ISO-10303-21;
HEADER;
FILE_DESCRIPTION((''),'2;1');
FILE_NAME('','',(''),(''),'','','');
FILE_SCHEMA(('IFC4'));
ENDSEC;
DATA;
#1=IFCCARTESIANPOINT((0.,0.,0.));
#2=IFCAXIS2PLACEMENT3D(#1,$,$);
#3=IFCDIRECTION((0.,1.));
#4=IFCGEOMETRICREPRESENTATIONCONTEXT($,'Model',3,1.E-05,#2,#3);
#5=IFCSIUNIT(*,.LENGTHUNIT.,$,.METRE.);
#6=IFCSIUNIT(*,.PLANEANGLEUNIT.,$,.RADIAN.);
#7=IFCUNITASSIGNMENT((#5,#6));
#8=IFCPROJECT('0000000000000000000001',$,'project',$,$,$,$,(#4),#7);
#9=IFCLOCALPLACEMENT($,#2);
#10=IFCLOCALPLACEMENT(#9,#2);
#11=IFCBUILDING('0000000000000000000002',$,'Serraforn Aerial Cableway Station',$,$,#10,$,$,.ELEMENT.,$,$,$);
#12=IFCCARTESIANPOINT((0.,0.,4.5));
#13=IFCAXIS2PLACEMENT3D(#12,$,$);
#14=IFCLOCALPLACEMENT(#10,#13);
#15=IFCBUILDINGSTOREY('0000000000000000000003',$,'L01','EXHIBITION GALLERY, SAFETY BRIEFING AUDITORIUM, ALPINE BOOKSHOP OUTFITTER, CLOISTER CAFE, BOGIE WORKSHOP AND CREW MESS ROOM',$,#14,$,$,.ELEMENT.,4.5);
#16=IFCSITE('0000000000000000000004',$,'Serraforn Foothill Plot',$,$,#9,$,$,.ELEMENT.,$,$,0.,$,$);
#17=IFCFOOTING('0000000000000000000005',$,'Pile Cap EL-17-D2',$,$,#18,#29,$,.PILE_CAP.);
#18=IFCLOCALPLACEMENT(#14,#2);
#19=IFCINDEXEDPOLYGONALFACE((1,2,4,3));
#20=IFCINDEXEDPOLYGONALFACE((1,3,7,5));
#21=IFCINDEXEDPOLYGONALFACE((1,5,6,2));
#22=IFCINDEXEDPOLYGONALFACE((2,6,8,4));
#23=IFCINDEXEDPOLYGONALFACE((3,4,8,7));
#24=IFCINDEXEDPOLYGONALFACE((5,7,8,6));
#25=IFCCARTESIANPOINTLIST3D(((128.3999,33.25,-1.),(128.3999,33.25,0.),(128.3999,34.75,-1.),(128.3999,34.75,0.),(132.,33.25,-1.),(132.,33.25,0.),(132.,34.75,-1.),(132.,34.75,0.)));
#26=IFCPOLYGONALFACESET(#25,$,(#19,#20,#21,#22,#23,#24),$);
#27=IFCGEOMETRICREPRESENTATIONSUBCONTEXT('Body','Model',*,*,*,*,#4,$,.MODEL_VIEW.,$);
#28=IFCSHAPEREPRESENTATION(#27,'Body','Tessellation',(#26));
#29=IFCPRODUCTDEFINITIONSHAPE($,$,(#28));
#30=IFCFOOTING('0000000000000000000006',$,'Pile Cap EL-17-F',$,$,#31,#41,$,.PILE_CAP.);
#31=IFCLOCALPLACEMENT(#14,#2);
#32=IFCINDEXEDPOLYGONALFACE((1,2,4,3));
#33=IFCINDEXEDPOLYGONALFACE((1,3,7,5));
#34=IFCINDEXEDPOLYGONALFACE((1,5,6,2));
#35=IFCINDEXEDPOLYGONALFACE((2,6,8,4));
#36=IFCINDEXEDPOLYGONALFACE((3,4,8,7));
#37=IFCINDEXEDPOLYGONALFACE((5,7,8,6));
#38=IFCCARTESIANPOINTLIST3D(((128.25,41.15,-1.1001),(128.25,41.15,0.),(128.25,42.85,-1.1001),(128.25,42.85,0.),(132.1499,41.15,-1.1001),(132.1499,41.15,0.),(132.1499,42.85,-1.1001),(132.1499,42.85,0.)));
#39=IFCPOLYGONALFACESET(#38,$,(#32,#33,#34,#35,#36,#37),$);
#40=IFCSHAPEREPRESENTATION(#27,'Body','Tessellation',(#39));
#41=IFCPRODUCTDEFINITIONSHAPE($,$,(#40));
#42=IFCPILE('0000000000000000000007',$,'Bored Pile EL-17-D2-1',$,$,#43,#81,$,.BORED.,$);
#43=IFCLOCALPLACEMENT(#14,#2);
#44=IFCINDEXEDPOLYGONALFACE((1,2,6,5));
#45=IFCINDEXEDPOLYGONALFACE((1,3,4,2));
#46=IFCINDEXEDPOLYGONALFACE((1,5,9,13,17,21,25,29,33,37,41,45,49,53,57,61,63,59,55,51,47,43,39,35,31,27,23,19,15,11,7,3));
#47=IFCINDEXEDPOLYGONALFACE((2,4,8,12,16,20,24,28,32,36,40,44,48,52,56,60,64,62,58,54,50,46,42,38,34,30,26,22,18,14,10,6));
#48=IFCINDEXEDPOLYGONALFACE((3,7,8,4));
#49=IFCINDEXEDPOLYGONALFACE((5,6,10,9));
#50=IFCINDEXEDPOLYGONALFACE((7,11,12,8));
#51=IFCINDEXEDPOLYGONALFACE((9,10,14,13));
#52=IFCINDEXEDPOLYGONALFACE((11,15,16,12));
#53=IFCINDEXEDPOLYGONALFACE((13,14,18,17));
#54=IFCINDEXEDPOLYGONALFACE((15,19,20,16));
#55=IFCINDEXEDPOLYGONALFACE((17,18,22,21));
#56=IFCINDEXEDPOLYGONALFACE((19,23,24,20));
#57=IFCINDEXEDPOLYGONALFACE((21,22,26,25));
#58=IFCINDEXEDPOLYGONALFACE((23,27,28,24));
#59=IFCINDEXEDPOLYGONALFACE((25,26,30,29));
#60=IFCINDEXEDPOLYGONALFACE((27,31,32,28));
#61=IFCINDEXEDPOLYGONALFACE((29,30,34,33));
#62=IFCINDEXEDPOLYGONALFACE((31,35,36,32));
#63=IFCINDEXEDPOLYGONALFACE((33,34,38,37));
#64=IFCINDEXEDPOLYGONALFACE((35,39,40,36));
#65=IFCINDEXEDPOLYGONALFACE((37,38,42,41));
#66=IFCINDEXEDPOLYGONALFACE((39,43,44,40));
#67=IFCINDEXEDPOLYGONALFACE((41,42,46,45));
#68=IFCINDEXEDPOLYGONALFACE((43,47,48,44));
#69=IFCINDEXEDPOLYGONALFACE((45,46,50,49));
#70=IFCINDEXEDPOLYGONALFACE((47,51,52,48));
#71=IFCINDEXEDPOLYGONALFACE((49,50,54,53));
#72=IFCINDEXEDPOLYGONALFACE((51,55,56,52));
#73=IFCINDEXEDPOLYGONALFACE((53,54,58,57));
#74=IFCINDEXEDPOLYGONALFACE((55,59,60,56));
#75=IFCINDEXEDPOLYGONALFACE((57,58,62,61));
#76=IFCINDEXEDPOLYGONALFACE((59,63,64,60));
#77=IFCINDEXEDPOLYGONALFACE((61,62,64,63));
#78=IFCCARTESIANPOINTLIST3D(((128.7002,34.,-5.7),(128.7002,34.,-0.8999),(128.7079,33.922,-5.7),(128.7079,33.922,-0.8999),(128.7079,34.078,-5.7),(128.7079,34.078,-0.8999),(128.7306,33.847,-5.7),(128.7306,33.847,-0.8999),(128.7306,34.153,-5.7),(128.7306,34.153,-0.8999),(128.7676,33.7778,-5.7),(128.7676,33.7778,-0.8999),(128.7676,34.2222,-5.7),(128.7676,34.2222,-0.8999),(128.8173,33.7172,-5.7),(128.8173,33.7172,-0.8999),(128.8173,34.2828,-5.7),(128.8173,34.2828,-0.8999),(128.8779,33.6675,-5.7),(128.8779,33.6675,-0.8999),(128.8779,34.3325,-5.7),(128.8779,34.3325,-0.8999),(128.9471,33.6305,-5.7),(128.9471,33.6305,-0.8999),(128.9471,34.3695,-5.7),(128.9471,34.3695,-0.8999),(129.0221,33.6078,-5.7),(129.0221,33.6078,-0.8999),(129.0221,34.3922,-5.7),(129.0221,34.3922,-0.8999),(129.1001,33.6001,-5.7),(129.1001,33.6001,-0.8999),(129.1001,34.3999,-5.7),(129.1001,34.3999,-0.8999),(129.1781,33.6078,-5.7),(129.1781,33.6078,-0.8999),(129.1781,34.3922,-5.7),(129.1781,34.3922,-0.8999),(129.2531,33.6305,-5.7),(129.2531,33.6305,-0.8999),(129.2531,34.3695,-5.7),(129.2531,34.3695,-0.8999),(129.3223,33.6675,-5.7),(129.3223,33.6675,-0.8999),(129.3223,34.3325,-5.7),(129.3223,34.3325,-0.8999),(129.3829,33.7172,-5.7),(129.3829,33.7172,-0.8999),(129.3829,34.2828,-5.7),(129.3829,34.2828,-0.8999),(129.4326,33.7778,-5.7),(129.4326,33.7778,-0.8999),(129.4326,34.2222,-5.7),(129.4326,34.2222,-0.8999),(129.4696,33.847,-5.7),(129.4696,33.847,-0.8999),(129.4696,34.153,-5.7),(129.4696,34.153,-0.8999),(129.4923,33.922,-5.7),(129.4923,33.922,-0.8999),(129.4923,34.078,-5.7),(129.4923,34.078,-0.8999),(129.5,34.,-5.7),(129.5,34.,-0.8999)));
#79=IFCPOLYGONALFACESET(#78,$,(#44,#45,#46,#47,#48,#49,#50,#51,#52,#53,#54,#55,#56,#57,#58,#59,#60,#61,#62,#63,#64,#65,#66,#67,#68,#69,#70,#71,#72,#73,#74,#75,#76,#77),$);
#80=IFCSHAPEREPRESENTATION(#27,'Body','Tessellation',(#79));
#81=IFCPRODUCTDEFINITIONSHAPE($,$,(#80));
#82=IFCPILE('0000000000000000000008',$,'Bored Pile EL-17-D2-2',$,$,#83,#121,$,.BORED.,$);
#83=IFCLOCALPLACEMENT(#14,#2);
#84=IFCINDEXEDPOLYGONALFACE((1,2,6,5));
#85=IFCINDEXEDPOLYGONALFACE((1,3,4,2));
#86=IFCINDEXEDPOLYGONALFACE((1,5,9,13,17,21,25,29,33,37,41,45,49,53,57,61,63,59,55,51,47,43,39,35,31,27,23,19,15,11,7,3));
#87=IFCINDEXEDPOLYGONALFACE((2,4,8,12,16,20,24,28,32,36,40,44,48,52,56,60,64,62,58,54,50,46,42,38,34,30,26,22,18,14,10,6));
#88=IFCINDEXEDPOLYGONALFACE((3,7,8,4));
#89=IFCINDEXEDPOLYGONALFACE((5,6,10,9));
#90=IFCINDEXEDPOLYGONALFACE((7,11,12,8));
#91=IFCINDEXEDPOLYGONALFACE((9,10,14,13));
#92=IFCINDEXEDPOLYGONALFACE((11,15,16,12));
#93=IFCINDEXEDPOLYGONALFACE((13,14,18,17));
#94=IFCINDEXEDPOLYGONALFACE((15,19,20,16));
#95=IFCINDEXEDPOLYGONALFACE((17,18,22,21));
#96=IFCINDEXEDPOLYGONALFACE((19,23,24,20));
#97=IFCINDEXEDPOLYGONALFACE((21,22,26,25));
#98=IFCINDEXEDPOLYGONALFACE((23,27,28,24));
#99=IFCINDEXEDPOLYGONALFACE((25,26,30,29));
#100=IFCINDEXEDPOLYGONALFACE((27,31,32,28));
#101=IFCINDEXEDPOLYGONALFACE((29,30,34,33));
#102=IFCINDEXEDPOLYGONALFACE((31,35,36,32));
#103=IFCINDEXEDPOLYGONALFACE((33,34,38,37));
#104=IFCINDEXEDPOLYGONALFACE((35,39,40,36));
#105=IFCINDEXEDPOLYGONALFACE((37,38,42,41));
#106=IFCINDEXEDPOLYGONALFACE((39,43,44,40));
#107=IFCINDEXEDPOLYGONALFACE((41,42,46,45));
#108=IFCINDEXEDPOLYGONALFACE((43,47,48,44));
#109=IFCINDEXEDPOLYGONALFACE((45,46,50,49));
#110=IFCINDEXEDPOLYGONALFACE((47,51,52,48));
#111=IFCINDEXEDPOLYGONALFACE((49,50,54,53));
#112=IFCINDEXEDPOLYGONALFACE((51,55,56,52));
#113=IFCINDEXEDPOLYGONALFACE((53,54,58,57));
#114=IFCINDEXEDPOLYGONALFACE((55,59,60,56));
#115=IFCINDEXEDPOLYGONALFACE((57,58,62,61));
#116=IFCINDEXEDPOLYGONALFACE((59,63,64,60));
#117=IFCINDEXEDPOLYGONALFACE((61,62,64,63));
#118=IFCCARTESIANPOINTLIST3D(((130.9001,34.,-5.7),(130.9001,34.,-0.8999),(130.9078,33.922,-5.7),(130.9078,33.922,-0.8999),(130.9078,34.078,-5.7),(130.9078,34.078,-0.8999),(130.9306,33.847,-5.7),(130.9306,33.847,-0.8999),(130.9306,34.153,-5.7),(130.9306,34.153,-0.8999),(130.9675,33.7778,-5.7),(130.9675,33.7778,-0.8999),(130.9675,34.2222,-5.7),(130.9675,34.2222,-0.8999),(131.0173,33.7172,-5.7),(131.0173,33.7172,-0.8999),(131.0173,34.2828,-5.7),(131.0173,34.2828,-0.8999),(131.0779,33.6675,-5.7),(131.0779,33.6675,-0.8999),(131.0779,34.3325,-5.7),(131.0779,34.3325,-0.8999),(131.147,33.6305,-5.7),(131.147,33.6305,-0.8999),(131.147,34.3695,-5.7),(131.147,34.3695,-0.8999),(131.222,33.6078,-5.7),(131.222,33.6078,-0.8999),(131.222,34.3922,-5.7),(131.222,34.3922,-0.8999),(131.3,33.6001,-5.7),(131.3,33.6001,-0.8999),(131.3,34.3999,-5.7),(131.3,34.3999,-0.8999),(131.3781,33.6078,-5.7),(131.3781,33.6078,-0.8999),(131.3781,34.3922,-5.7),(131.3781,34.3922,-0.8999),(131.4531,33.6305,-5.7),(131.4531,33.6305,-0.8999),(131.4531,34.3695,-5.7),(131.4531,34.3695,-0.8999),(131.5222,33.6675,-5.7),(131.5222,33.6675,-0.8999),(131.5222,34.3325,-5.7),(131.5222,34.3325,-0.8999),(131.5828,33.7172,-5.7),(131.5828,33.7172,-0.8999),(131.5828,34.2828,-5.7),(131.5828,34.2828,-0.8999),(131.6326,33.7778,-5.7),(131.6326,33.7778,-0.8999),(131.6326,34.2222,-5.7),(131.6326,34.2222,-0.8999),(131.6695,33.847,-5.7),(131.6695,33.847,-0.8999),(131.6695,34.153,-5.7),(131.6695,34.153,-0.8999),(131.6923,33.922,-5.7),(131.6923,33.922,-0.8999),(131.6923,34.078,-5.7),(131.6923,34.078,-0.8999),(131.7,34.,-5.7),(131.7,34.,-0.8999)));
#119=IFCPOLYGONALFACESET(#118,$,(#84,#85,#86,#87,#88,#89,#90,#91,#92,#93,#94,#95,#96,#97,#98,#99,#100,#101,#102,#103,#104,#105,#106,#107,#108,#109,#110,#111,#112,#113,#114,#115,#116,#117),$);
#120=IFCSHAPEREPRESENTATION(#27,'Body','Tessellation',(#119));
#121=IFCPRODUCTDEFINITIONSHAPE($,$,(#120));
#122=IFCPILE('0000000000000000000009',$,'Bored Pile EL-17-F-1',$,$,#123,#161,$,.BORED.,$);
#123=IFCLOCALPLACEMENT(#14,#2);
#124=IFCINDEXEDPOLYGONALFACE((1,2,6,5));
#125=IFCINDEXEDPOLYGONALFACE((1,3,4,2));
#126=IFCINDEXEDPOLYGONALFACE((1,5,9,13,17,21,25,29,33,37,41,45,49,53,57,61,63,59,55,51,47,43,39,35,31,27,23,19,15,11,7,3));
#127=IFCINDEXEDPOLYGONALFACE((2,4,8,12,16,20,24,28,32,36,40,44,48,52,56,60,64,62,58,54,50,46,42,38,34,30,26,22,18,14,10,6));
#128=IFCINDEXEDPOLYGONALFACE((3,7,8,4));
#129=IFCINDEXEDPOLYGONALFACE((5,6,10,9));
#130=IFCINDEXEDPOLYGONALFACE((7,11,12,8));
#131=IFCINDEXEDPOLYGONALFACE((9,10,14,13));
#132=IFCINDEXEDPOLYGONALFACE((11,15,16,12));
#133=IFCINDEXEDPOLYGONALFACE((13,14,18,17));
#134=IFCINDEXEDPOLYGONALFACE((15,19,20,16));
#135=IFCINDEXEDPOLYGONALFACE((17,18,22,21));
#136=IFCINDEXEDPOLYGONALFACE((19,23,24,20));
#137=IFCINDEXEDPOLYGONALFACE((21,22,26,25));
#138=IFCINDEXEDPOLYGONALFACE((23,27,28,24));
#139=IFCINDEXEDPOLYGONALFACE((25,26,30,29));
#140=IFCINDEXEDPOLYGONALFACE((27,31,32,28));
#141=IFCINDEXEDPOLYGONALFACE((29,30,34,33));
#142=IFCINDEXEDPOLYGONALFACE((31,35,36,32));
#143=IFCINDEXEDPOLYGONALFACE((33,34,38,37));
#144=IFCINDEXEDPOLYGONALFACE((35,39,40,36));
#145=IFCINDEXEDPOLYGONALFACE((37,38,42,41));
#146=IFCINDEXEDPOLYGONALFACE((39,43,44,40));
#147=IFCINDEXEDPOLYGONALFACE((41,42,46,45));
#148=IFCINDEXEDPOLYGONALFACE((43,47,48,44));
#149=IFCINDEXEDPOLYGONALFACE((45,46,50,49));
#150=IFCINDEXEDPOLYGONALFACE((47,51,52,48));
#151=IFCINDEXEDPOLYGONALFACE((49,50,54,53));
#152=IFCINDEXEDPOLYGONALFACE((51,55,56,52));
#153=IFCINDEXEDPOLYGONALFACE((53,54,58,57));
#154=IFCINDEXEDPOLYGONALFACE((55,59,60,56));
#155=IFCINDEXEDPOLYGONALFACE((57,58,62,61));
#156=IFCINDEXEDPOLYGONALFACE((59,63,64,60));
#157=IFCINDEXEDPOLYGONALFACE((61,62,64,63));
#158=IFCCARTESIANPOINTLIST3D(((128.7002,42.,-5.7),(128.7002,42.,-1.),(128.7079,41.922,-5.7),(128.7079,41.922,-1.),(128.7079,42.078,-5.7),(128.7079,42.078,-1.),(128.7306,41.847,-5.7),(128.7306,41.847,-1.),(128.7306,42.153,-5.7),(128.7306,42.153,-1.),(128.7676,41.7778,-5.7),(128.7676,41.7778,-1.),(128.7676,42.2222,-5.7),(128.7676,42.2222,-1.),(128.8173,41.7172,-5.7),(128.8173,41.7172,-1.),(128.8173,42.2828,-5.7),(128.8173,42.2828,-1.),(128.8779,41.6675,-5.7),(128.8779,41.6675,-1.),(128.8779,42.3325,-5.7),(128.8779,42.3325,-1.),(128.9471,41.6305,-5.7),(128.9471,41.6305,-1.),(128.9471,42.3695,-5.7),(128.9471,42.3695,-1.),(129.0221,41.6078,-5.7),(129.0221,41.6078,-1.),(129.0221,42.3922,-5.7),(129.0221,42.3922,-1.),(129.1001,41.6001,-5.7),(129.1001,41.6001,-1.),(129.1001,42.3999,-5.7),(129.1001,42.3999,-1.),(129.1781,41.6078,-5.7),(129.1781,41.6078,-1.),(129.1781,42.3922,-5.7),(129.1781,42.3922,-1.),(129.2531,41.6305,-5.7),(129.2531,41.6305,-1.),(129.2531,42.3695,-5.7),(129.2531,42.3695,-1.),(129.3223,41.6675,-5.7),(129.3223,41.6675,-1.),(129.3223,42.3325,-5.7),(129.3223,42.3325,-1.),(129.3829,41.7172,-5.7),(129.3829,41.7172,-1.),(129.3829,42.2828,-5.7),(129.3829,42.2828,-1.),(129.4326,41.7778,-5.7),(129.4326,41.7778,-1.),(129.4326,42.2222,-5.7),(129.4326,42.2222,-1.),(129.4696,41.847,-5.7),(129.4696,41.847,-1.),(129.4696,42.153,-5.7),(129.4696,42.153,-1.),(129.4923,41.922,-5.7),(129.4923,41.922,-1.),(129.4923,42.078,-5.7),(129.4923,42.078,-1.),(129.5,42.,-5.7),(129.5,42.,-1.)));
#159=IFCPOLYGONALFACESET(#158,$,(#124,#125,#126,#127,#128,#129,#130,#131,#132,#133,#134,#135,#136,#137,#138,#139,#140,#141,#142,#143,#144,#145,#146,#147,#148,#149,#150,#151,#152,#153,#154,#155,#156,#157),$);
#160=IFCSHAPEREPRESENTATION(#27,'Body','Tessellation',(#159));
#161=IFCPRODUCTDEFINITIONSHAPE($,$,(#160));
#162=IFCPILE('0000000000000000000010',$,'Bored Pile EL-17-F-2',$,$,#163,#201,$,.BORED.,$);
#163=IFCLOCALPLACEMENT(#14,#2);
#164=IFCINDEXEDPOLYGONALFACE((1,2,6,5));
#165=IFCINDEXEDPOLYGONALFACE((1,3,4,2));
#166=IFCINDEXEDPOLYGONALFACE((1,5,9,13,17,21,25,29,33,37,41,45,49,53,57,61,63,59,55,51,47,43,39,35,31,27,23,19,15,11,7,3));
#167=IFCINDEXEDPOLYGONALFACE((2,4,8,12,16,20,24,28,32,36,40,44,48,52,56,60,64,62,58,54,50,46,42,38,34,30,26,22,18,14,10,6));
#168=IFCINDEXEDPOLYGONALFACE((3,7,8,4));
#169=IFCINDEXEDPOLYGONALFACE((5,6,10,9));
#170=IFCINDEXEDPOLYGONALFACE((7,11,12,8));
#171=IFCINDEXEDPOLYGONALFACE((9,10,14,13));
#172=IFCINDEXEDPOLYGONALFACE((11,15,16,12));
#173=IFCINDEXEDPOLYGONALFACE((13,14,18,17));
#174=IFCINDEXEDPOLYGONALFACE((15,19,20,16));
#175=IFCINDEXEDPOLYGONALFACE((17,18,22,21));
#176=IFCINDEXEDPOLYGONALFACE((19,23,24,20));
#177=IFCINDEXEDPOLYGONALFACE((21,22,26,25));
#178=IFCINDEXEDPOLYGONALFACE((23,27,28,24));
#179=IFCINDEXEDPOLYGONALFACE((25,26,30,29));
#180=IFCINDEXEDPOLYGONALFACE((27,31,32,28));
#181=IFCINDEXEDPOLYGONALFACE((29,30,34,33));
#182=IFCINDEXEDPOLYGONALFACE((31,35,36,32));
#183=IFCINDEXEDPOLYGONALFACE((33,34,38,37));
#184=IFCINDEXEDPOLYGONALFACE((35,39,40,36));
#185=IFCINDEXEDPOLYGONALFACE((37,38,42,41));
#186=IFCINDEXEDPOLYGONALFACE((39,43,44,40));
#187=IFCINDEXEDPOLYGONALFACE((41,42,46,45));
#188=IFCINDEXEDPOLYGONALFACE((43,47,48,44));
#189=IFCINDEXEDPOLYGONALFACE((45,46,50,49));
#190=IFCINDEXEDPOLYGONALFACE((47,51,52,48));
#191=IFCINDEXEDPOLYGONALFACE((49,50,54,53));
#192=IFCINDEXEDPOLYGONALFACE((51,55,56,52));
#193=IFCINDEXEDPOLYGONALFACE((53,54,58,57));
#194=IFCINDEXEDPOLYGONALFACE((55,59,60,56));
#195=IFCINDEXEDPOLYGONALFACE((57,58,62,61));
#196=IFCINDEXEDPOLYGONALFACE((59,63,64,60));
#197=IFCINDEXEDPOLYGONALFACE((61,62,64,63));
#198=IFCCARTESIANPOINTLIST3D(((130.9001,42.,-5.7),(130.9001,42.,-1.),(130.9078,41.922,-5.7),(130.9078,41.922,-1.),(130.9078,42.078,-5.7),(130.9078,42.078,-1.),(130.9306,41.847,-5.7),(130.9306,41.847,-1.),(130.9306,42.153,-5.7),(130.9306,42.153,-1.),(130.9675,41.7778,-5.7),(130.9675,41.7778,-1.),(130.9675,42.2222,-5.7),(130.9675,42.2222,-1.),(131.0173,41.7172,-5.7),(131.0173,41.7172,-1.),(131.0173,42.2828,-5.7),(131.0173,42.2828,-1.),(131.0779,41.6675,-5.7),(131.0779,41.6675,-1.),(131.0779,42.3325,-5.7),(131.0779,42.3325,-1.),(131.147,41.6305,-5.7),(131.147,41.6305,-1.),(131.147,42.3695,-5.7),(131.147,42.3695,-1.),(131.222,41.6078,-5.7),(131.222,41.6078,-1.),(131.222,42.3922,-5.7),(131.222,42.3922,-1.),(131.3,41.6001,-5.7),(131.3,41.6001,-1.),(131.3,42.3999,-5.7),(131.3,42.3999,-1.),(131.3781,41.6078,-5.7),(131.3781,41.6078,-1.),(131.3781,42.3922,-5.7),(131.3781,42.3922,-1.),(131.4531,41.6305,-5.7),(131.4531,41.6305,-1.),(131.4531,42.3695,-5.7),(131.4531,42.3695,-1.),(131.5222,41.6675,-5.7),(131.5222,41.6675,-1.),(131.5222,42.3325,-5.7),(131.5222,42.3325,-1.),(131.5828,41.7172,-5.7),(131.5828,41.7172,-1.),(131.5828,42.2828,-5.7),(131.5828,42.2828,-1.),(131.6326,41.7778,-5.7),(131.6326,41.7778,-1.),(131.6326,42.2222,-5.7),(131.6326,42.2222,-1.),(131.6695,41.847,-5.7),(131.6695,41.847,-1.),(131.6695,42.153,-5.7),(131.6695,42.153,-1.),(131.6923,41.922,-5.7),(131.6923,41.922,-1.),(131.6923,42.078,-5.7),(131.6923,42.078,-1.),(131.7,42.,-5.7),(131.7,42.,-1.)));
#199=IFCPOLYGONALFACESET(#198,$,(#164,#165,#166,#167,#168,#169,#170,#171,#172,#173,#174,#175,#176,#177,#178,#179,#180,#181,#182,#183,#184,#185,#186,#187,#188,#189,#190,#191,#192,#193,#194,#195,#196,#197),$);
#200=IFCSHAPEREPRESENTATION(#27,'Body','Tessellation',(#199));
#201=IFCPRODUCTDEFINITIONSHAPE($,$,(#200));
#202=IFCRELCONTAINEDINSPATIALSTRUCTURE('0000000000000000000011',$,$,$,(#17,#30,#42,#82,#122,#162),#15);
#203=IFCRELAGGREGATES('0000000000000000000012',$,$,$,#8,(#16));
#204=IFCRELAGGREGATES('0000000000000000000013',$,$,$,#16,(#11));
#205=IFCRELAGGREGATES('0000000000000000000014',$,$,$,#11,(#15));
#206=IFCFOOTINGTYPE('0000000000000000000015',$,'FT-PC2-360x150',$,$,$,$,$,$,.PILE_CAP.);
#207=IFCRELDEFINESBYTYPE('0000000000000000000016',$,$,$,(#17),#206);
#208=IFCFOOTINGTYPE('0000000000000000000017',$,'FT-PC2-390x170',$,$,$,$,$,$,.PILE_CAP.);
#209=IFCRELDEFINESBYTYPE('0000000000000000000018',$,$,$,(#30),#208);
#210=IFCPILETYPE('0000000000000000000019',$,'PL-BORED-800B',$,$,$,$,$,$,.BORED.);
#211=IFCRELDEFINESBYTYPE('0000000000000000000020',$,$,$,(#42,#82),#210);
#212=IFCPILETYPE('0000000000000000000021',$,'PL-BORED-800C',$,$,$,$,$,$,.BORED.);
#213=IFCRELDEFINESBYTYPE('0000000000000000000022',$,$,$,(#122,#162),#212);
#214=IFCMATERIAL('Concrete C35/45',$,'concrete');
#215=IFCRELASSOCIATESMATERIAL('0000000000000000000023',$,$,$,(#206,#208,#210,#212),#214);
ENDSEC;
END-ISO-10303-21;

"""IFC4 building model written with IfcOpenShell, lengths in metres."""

from ifc_helpers import new_model, si_unit, direction, frame, origin, origin_2d, place, context, subcontext, project, spatial, rectangle, circle, extrude, material, material_profile, profile_set, type_object, element, save


model = new_model("IFC4")

# Units and contexts
model_context = context("Model", 3, precision=1e-05, world=origin(), true_north=direction((0.0, 1.0)))
body_context = subcontext(model_context, "Body", "Model", "MODEL_VIEW")
ifc_project = project(units=[si_unit("LENGTHUNIT", "METRE"), si_unit("PLANEANGLEUNIT", "RADIAN")], contexts=[model_context])

# Site, building, storey
site_placement = place(None, origin())
site = spatial("IfcSite", under=ifc_project, at=site_placement, Name="Serraforn Foothill Plot", CompositionType="ELEMENT", RefElevation=0.0)
building_placement = place(site_placement, origin())
building = spatial("IfcBuilding", under=site, at=building_placement, Name="Serraforn Aerial Cableway Station", CompositionType="ELEMENT")
storey_placement = place(building_placement, frame((0.0, 0.0, 4.5)))
storey = spatial("IfcBuildingStorey", under=building, at=storey_placement, Name="L01", Description="EXHIBITION GALLERY, SAFETY BRIEFING AUDITORIUM, ALPINE BOOKSHOP OUTFITTER, CLOISTER CAFE, BOGIE WORKSHOP AND CREW MESS ROOM", CompositionType="ELEMENT", Elevation=4.5)

# Footings
ifc_material_1 = material(Name="Concrete C35/45", Category="concrete")
footing_type_1 = type_object("IfcFootingType", Name="FT-PC2-360x150", PredefinedType="PILE_CAP", material=ifc_material_1)
footing_1_placement = place(storey_placement, frame((130.2, 34.0, -1.0), z_axis=(0.0, 0.0, 1.0), x_axis=(1.0, 0.0, 0.0)))
element("IfcFooting", 1, at=footing_1_placement, inside=storey, type_object=footing_type_1, Name="Pile Cap EL-17-D2", PredefinedType="PILE_CAP", context=body_context, shape_type="SweptSolid", body=[
    extrude(rectangle(XDim=3.6001, YDim=1.5, at=origin_2d()), origin(), (0.0, 0.0, 1.0), 1.0),
])
footing_type_2 = type_object("IfcFootingType", Name="FT-PC2-390x170", PredefinedType="PILE_CAP", material=ifc_material_1)
footing_2_placement = place(storey_placement, frame((130.2, 42.0, -1.1001), z_axis=(0.0, 0.0, 1.0), x_axis=(1.0, 0.0, 0.0)))
element("IfcFooting", 2, at=footing_2_placement, inside=storey, type_object=footing_type_2, Name="Pile Cap EL-17-F", PredefinedType="PILE_CAP", context=body_context, shape_type="SweptSolid", body=[
    extrude(rectangle(XDim=3.8999, YDim=1.7, at=origin_2d()), origin(), (0.0, 0.0, 1.0), 1.1001),
])

# Piles
ifc_material_profile_1 = material_profile(ifc_material_1, circle(Radius=0.3999, at=origin_2d()), Name="BORED PILE D800")
ifc_profile_set_1 = profile_set([ifc_material_profile_1], Name="Concrete C35/45")
pile_type_1 = type_object("IfcPileType", Name="PL-BORED-800B", PredefinedType="BORED", material=ifc_profile_set_1)
for number, where, z_axis, x_axis, name in (
    (3, (129.1001, 34.0, -0.8999), (0.0, 0.0, -1.0), (1.0, 0.0, 0.0), "Bored Pile EL-17-D2-1"),
    (4, (131.3, 34.0, -0.8999), (0.0, 0.0, -1.0), (1.0, 0.0, 0.0), "Bored Pile EL-17-D2-2"),
):
    element("IfcPile", number, at=place(storey_placement, frame(where, z_axis=z_axis, x_axis=x_axis)), inside=storey, type_object=pile_type_1, Name=name, PredefinedType="BORED", context=body_context, shape_type="SweptSolid", body=[
        extrude(circle(Radius=0.3999, at=origin_2d()), origin(), (0.0, 0.0, 1.0), 4.8),
    ])
ifc_material_profile_2 = material_profile(ifc_material_1, circle(Radius=0.3999, at=origin_2d()), Name="BORED PILE D800")
ifc_profile_set_2 = profile_set([ifc_material_profile_2], Name="Concrete C35/45")
pile_type_2 = type_object("IfcPileType", Name="PL-BORED-800C", PredefinedType="BORED", material=ifc_profile_set_2)
for number, where, z_axis, x_axis, name in (
    (5, (129.1001, 42.0, -1.0), (0.0, 0.0, -1.0), (1.0, 0.0, 0.0), "Bored Pile EL-17-F-1"),
    (6, (131.3, 42.0, -1.0), (0.0, 0.0, -1.0), (1.0, 0.0, 0.0), "Bored Pile EL-17-F-2"),
):
    element("IfcPile", number, at=place(storey_placement, frame(where, z_axis=z_axis, x_axis=x_axis)), inside=storey, type_object=pile_type_2, Name=name, PredefinedType="BORED", context=body_context, shape_type="SweptSolid", body=[
        extrude(circle(Radius=0.3999, at=origin_2d()), origin(), (0.0, 0.0, 1.0), 4.7),
    ])

save(model, "model.ifc")
